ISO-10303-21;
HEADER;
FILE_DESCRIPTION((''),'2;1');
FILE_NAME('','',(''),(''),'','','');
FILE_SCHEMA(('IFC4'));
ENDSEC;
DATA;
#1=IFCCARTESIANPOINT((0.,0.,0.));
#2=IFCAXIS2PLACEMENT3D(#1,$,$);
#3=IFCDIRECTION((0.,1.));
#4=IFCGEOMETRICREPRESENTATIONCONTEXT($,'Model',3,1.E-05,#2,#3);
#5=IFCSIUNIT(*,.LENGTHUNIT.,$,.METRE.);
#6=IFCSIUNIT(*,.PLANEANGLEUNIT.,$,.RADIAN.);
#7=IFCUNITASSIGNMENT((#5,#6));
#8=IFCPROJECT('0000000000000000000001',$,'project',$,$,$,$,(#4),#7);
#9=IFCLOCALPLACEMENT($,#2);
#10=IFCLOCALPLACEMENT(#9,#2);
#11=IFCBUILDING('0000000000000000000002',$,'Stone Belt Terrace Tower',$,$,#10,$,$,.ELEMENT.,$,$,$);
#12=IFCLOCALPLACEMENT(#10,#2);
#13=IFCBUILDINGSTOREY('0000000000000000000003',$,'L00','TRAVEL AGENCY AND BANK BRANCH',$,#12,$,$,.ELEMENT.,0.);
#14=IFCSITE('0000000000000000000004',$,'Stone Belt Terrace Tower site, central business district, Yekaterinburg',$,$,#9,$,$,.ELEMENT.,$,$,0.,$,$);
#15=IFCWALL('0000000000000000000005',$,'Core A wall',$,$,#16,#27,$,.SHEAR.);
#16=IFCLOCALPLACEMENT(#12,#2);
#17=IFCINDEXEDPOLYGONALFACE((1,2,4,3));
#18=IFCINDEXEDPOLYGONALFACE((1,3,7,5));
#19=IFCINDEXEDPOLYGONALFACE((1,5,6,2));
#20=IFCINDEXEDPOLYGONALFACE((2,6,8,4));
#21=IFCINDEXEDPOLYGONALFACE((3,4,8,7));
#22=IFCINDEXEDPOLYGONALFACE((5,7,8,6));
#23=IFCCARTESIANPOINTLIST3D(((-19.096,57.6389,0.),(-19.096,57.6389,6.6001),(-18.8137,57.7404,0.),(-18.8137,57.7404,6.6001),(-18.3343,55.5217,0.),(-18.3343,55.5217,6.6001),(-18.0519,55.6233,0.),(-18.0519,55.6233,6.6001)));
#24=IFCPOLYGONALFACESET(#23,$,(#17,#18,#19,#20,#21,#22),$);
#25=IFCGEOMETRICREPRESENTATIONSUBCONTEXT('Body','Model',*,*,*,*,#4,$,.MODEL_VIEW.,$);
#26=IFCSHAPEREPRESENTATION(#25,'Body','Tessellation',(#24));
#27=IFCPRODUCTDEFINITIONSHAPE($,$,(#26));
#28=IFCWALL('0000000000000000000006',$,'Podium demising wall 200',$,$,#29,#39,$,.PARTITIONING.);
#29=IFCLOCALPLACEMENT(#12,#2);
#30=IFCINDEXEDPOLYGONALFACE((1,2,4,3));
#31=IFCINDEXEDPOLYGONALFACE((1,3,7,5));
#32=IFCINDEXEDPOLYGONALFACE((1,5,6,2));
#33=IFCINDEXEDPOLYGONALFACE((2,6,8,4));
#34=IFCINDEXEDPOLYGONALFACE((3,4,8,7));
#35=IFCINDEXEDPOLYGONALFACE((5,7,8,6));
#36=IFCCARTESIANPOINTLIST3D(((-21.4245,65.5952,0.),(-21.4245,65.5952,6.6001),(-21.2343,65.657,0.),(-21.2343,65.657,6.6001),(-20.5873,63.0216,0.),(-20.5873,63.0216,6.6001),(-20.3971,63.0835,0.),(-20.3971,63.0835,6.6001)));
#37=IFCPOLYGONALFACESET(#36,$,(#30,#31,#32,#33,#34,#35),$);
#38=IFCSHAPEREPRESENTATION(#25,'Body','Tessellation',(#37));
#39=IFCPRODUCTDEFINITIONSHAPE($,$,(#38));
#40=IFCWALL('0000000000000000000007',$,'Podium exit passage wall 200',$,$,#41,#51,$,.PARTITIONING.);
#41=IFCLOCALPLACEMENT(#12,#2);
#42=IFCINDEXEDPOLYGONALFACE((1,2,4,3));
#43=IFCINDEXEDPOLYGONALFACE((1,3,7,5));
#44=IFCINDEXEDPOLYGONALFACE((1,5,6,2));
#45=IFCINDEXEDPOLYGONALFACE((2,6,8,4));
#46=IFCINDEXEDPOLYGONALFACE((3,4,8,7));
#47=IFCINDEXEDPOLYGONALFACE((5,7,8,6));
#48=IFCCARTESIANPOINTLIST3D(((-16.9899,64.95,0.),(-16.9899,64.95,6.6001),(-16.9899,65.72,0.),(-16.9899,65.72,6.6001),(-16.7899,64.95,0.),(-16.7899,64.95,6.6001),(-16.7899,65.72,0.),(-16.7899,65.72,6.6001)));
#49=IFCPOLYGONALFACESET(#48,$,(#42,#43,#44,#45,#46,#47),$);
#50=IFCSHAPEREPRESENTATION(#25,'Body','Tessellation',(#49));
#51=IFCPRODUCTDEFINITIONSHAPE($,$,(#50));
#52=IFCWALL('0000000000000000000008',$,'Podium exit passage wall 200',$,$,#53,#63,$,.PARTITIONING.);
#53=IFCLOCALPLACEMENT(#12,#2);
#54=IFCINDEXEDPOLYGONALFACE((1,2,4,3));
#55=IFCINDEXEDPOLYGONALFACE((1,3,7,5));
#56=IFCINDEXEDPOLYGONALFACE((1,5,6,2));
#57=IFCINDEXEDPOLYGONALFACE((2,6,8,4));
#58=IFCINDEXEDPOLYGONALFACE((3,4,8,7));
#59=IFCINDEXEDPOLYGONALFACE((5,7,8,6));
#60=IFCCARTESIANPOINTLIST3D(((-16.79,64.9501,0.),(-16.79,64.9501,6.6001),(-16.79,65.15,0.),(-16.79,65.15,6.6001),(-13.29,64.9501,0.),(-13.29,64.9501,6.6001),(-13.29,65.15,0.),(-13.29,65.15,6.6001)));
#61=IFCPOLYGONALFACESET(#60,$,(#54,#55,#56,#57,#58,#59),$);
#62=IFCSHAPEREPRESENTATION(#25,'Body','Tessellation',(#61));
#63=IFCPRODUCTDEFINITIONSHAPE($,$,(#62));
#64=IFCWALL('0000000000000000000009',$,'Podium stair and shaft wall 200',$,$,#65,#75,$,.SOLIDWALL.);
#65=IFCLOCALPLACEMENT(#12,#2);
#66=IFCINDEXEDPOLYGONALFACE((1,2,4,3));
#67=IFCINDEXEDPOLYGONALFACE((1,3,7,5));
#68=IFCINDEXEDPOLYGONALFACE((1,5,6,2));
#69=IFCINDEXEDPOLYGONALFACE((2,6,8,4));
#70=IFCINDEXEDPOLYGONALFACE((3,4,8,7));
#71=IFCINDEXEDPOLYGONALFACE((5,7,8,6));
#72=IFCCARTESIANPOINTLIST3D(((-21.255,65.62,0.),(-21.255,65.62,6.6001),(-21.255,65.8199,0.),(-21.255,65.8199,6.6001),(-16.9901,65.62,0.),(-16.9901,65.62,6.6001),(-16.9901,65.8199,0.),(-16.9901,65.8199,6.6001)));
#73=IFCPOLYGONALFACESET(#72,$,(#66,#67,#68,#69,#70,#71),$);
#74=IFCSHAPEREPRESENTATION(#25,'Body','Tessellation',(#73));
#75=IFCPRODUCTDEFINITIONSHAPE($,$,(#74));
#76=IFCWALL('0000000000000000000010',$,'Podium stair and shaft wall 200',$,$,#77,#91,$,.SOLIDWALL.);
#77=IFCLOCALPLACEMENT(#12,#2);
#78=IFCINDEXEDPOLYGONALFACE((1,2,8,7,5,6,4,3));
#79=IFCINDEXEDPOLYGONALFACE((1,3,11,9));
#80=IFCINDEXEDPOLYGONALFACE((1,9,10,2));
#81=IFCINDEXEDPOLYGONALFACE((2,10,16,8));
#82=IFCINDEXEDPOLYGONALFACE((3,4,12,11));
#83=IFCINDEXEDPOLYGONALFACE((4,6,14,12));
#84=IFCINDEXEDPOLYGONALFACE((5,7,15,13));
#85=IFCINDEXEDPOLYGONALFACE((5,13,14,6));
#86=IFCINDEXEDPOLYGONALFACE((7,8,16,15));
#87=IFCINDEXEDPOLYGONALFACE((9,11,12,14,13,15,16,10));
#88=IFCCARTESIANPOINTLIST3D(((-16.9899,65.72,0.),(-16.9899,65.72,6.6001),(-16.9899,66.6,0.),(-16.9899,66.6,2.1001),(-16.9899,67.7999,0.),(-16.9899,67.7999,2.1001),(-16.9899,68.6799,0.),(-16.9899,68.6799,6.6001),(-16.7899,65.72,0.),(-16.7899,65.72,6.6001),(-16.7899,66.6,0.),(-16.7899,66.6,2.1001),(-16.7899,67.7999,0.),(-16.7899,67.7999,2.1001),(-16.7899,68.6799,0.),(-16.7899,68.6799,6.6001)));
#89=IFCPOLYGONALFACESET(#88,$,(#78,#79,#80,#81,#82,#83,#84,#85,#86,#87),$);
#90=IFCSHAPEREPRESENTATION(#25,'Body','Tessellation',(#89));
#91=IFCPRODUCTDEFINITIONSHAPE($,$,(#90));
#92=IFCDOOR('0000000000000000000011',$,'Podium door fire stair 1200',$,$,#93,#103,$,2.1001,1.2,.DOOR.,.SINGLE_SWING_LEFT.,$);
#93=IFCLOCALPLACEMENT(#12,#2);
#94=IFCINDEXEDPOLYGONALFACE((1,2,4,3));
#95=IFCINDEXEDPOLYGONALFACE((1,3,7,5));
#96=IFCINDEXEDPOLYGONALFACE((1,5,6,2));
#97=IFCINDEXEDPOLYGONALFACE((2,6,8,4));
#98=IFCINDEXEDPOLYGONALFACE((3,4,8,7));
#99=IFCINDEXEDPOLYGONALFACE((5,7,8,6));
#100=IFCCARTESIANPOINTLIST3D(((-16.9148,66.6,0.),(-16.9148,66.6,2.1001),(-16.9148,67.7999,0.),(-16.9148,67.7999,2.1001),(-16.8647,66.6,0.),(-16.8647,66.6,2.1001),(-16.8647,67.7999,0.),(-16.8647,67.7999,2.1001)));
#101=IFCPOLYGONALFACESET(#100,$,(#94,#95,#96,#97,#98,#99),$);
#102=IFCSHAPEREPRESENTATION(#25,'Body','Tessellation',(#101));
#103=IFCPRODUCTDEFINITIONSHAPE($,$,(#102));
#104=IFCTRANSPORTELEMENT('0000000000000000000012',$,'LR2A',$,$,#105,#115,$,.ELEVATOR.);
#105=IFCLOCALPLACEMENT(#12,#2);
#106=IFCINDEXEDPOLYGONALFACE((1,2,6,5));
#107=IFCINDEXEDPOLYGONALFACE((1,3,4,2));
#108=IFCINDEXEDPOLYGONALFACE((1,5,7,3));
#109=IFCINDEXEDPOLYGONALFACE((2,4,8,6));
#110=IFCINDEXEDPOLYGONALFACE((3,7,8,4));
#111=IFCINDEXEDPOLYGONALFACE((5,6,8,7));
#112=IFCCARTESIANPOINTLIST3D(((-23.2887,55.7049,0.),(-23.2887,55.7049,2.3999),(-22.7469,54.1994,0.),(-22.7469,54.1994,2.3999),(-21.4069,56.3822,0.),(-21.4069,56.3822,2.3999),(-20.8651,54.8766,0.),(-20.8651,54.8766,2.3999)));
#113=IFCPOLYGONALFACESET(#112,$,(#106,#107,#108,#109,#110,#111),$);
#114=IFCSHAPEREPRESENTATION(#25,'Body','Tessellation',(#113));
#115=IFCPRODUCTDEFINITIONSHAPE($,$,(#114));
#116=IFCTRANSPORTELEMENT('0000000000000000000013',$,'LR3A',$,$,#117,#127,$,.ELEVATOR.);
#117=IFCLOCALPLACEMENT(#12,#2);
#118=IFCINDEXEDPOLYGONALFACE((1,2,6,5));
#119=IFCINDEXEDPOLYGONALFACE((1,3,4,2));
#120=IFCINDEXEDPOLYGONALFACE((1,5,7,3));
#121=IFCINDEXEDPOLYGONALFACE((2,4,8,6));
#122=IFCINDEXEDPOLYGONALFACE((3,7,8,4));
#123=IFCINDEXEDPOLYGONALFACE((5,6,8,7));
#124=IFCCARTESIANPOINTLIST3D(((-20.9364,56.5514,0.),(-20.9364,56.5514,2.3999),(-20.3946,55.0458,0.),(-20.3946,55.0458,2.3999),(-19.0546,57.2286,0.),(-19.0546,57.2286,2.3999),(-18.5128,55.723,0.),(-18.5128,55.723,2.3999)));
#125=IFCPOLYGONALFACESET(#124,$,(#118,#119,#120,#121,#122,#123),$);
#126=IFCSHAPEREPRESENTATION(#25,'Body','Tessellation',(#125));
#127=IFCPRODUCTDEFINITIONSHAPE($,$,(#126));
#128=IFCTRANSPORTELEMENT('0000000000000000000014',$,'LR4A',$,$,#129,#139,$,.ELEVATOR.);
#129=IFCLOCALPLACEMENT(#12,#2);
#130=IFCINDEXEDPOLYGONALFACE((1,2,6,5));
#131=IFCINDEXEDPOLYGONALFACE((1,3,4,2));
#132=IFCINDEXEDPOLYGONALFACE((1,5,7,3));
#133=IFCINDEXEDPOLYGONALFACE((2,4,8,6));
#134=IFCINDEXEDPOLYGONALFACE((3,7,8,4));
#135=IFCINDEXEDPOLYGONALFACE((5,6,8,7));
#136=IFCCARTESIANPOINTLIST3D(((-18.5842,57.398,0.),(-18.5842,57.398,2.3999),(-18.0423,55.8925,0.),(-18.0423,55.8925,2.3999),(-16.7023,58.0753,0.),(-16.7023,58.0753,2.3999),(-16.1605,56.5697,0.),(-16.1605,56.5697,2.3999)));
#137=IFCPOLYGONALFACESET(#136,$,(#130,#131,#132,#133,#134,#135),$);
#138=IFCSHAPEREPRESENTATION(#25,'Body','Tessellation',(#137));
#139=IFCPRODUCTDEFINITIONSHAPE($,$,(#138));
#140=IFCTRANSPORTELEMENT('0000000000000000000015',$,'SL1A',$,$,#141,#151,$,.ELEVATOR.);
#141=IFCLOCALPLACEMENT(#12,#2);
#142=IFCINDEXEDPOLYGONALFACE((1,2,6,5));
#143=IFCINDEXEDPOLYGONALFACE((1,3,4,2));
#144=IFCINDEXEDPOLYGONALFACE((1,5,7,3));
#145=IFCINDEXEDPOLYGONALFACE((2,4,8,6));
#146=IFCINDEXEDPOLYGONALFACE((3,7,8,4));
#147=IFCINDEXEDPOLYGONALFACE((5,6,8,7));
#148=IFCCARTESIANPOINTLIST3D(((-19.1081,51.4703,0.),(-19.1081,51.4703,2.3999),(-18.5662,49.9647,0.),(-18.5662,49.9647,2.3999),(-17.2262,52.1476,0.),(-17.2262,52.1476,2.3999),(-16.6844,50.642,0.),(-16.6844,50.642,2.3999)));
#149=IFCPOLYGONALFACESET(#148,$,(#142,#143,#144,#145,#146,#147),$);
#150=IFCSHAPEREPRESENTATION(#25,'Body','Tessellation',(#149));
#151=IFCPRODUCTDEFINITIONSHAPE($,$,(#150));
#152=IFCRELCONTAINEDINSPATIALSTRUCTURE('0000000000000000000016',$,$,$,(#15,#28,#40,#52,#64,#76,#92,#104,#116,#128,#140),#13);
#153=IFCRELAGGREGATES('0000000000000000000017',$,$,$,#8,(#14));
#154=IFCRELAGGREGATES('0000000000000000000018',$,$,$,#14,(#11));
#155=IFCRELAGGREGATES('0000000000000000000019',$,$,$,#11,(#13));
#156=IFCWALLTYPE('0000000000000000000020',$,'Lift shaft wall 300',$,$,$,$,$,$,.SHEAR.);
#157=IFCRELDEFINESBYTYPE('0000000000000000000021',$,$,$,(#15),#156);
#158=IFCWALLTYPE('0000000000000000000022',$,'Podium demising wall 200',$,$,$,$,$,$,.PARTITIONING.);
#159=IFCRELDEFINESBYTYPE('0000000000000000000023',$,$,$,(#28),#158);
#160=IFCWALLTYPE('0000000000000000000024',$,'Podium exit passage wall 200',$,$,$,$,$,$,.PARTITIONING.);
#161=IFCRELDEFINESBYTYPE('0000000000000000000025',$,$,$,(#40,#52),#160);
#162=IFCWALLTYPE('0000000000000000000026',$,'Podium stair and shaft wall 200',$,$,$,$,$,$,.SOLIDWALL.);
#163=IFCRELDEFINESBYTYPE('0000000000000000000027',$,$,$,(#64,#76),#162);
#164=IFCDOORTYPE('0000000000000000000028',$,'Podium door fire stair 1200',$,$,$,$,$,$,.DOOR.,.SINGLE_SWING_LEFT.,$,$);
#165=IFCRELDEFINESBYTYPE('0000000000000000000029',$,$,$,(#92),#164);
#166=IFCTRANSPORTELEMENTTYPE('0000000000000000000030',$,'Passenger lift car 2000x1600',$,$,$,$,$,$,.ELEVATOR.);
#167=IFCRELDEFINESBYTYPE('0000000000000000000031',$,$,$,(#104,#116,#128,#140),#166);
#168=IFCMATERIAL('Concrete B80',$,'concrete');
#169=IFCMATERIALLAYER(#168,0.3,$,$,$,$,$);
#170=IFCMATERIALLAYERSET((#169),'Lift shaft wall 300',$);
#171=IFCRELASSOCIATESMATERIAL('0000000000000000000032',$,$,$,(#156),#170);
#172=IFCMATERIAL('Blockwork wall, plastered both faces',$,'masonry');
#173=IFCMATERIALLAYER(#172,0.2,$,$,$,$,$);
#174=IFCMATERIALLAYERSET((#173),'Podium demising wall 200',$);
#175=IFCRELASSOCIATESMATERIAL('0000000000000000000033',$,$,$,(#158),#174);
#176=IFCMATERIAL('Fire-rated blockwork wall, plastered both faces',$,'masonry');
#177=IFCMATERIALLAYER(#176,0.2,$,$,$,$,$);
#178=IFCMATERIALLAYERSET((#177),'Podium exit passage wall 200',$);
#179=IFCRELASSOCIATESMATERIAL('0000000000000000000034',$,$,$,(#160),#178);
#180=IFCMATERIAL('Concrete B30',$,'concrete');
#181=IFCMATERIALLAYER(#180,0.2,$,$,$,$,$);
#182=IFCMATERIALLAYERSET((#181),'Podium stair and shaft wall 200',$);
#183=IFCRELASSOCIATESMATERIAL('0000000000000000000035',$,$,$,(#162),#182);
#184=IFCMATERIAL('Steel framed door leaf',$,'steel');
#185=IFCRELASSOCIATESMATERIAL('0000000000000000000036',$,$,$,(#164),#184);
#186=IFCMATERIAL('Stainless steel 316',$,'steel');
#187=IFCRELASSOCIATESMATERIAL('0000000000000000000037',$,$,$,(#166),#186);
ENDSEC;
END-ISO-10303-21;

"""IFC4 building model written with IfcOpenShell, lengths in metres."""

from ifc_helpers import new_model, si_unit, direction, frame, frame_2d, origin, origin_2d, place, context, subcontext, project, spatial, rectangle, extrude, material, layer, layer_set, type_object, element, fill, save


model = new_model("IFC4")

# Units and contexts
model_context = context("Model", 3, precision=1e-05, world=origin(), true_north=direction((0.0, 1.0)))
body_context = subcontext(model_context, "Body", "Model", "MODEL_VIEW")
ifc_project = project(units=[si_unit("LENGTHUNIT", "METRE"), si_unit("PLANEANGLEUNIT", "RADIAN")], contexts=[model_context])

# Site, building, storey
site_placement = place(None, origin())
site = spatial("IfcSite", under=ifc_project, at=site_placement, Name="Stone Belt Terrace Tower site, central business district, Yekaterinburg", CompositionType="ELEMENT", RefElevation=0.0)
building_placement = place(site_placement, origin())
building = spatial("IfcBuilding", under=site, at=building_placement, Name="Stone Belt Terrace Tower", CompositionType="ELEMENT")
storey_placement = place(building_placement, origin())
storey = spatial("IfcBuildingStorey", under=building, at=storey_placement, Name="L00", Description="TRAVEL AGENCY AND BANK BRANCH", CompositionType="ELEMENT", Elevation=0.0)

# Shared definitions
ifc_material_1 = material(Name="Concrete B80", Category="concrete")

# Shared definitions
ifc_layer_1 = layer(ifc_material_1, 0.3)
ifc_layer_set_1 = layer_set([ifc_layer_1], Name="Lift shaft wall 300")
wall_type_1 = type_object("IfcWallType", Name="Lift shaft wall 300", PredefinedType="SHEAR", material=ifc_layer_set_1)

# Walls
wall_1_placement = place(storey_placement, frame((-18.1931, 55.5725, 0.0), z_axis=(0.0, 0.0, 1.0), x_axis=(-0.338535, 0.940954, 0.0)))
element("IfcWall", 1, at=wall_1_placement, inside=storey, type_object=wall_type_1, Name="Core A wall", PredefinedType="SHEAR", context=body_context, shape_type="SweptSolid", body=[
    extrude(rectangle(XDim=2.25, YDim=0.3, at=frame_2d((1.125, 0.0))), origin(), (0.0, 0.0, 1.0), 6.6001),
])
ifc_material_2 = material(Name="Blockwork wall, plastered both faces", Category="masonry")
ifc_layer_2 = layer(ifc_material_2, 0.2)
ifc_layer_set_2 = layer_set([ifc_layer_2], Name="Podium demising wall 200")
wall_type_2 = type_object("IfcWallType", Name="Podium demising wall 200", PredefinedType="PARTITIONING", material=ifc_layer_set_2)
wall_2_placement = place(storey_placement, frame((-21.3293, 65.626, 0.0), z_axis=(0.0, 0.0, 1.0), x_axis=(0.309345, -0.95095, 0.0)))
element("IfcWall", 2, at=wall_2_placement, inside=storey, type_object=wall_type_2, Name="Podium demising wall 200", PredefinedType="PARTITIONING", context=body_context, shape_type="SweptSolid", body=[
    extrude(rectangle(XDim=2.7063, YDim=0.2, at=frame_2d((1.353, 0.0))), origin(), (0.0, 0.0, 1.0), 6.6001),
])
ifc_material_3 = material(Name="Fire-rated blockwork wall, plastered both faces", Category="masonry")
ifc_layer_3 = layer(ifc_material_3, 0.2)
ifc_layer_set_3 = layer_set([ifc_layer_3], Name="Podium exit passage wall 200")
wall_type_3 = type_object("IfcWallType", Name="Podium exit passage wall 200", PredefinedType="PARTITIONING", material=ifc_layer_set_3)
wall_3_placement = place(storey_placement, frame((-16.8899, 64.95, 0.0), z_axis=(0.0, 0.0, 1.0), x_axis=(0.0, 1.0, 0.0)))
element("IfcWall", 3, at=wall_3_placement, inside=storey, type_object=wall_type_3, Name="Podium exit passage wall 200", PredefinedType="PARTITIONING", context=body_context, shape_type="SweptSolid", body=[
    extrude(rectangle(XDim=0.77, YDim=0.2, at=frame_2d((0.385, 0.0))), origin(), (0.0, 0.0, 1.0), 6.6001),
])
wall_4_placement = place(storey_placement, frame((-16.79, 65.05, 0.0), z_axis=(0.0, 0.0, 1.0), x_axis=(1.0, 0.0, 0.0)))
element("IfcWall", 4, at=wall_4_placement, inside=storey, type_object=wall_type_3, Name="Podium exit passage wall 200", PredefinedType="PARTITIONING", context=body_context, shape_type="SweptSolid", body=[
    extrude(rectangle(XDim=3.5, YDim=0.2, at=frame_2d((1.75, 0.0))), origin(), (0.0, 0.0, 1.0), 6.6001),
])
ifc_material_4 = material(Name="Concrete B30", Category="concrete")
ifc_layer_4 = layer(ifc_material_4, 0.2)
ifc_layer_set_4 = layer_set([ifc_layer_4], Name="Podium stair and shaft wall 200")
wall_type_4 = type_object("IfcWallType", Name="Podium stair and shaft wall 200", PredefinedType="SOLIDWALL", material=ifc_layer_set_4)
wall_5_placement = place(storey_placement, frame((-21.2549, 65.72, 0.0), z_axis=(0.0, 0.0, 1.0), x_axis=(1.0, 0.0, 0.0)))
element("IfcWall", 5, at=wall_5_placement, inside=storey, type_object=wall_type_4, Name="Podium stair and shaft wall 200", PredefinedType="SOLIDWALL", context=body_context, shape_type="SweptSolid", body=[
    extrude(rectangle(XDim=4.2649, YDim=0.2, at=frame_2d((2.1323, 0.0))), origin(), (0.0, 0.0, 1.0), 6.6001),
])

# Wall, opening, door
wall_6_placement = place(storey_placement, frame((-16.8899, 65.72, 0.0), z_axis=(0.0, 0.0, 1.0), x_axis=(0.0, 1.0, 0.0)))
wall_6 = element("IfcWall", 6, at=wall_6_placement, inside=storey, type_object=wall_type_4, Name="Podium stair and shaft wall 200", PredefinedType="SOLIDWALL", context=body_context, shape_type="SweptSolid", body=[
    extrude(rectangle(XDim=2.96, YDim=0.2, at=frame_2d((1.48, 0.0))), origin(), (0.0, 0.0, 1.0), 6.6001),
])
opening_1_placement = place(wall_6_placement, frame((0.8799, 0.0, 0.0)))
opening_1 = element("IfcOpeningElement", 7, at=opening_1_placement, cuts=wall_6, PredefinedType="OPENING", context=body_context, shape_type="SweptSolid", body=[
    extrude(rectangle(XDim=1.2, YDim=2.1001, at=frame_2d((0.6001, 1.05))), frame((0.0, 0.1099, 0.0), z_axis=(0.0, -1.0, 0.0), x_axis=(1.0, 0.0, 0.0)), (0.0, 0.0, 1.0), 0.22),
])
ifc_material_5 = material(Name="Steel framed door leaf", Category="steel")
door_type_1 = type_object("IfcDoorType", Name="Podium door fire stair 1200", OperationType="SINGLE_SWING_LEFT", PredefinedType="DOOR", material=ifc_material_5)
door_1_placement = place(opening_1_placement, origin())
door_1 = element("IfcDoor", 8, at=door_1_placement, inside=storey, type_object=door_type_1, Name="Podium door fire stair 1200", OperationType="SINGLE_SWING_LEFT", OverallHeight=2.1001, OverallWidth=1.2, PredefinedType="DOOR", context=body_context, shape_type="SweptSolid", body=[
    extrude(rectangle(XDim=1.2, YDim=2.1001, at=frame_2d((0.6001, 1.05))), frame((0.0, 0.0249, 0.0), z_axis=(0.0, -1.0, 0.0), x_axis=(1.0, 0.0, 0.0)), (0.0, 0.0, 1.0), 0.05),
])
fill(opening_1, door_1)

# Transport elements
ifc_material_6 = material(Name="Stainless steel 316", Category="steel")
transport_element_type = type_object("IfcTransportElementType", Name="Passenger lift car 2000x1600", PredefinedType="ELEVATOR", material=ifc_material_6)
for number, where, z_axis, x_axis, name in (
    (9, (-22.0769, 55.2908, 0.0), (0.0, 0.0, 1.0), (0.940922, 0.338625, 0.0), "LR2A"),
    (10, (-19.7246, 56.1372, 0.0), (0.0, 0.0, 1.0), (0.940922, 0.338625, 0.0), "LR3A"),
    (11, (-17.3723, 56.9839, 0.0), (0.0, 0.0, 1.0), (0.940922, 0.338625, 0.0), "LR4A"),
    (12, (-17.8962, 51.0562, 0.0), (0.0, 0.0, 1.0), (0.940922, 0.338625, 0.0), "SL1A"),
):
    element("IfcTransportElement", number, at=place(storey_placement, frame(where, z_axis=z_axis, x_axis=x_axis)), inside=storey, type_object=transport_element_type, Name=name, PredefinedType="ELEVATOR", context=body_context, shape_type="SweptSolid", body=[
        extrude(rectangle(XDim=2.0, YDim=1.6001, at=origin_2d()), origin(), (0.0, 0.0, 1.0), 2.3999),
    ])

save(model, "model.ifc")
